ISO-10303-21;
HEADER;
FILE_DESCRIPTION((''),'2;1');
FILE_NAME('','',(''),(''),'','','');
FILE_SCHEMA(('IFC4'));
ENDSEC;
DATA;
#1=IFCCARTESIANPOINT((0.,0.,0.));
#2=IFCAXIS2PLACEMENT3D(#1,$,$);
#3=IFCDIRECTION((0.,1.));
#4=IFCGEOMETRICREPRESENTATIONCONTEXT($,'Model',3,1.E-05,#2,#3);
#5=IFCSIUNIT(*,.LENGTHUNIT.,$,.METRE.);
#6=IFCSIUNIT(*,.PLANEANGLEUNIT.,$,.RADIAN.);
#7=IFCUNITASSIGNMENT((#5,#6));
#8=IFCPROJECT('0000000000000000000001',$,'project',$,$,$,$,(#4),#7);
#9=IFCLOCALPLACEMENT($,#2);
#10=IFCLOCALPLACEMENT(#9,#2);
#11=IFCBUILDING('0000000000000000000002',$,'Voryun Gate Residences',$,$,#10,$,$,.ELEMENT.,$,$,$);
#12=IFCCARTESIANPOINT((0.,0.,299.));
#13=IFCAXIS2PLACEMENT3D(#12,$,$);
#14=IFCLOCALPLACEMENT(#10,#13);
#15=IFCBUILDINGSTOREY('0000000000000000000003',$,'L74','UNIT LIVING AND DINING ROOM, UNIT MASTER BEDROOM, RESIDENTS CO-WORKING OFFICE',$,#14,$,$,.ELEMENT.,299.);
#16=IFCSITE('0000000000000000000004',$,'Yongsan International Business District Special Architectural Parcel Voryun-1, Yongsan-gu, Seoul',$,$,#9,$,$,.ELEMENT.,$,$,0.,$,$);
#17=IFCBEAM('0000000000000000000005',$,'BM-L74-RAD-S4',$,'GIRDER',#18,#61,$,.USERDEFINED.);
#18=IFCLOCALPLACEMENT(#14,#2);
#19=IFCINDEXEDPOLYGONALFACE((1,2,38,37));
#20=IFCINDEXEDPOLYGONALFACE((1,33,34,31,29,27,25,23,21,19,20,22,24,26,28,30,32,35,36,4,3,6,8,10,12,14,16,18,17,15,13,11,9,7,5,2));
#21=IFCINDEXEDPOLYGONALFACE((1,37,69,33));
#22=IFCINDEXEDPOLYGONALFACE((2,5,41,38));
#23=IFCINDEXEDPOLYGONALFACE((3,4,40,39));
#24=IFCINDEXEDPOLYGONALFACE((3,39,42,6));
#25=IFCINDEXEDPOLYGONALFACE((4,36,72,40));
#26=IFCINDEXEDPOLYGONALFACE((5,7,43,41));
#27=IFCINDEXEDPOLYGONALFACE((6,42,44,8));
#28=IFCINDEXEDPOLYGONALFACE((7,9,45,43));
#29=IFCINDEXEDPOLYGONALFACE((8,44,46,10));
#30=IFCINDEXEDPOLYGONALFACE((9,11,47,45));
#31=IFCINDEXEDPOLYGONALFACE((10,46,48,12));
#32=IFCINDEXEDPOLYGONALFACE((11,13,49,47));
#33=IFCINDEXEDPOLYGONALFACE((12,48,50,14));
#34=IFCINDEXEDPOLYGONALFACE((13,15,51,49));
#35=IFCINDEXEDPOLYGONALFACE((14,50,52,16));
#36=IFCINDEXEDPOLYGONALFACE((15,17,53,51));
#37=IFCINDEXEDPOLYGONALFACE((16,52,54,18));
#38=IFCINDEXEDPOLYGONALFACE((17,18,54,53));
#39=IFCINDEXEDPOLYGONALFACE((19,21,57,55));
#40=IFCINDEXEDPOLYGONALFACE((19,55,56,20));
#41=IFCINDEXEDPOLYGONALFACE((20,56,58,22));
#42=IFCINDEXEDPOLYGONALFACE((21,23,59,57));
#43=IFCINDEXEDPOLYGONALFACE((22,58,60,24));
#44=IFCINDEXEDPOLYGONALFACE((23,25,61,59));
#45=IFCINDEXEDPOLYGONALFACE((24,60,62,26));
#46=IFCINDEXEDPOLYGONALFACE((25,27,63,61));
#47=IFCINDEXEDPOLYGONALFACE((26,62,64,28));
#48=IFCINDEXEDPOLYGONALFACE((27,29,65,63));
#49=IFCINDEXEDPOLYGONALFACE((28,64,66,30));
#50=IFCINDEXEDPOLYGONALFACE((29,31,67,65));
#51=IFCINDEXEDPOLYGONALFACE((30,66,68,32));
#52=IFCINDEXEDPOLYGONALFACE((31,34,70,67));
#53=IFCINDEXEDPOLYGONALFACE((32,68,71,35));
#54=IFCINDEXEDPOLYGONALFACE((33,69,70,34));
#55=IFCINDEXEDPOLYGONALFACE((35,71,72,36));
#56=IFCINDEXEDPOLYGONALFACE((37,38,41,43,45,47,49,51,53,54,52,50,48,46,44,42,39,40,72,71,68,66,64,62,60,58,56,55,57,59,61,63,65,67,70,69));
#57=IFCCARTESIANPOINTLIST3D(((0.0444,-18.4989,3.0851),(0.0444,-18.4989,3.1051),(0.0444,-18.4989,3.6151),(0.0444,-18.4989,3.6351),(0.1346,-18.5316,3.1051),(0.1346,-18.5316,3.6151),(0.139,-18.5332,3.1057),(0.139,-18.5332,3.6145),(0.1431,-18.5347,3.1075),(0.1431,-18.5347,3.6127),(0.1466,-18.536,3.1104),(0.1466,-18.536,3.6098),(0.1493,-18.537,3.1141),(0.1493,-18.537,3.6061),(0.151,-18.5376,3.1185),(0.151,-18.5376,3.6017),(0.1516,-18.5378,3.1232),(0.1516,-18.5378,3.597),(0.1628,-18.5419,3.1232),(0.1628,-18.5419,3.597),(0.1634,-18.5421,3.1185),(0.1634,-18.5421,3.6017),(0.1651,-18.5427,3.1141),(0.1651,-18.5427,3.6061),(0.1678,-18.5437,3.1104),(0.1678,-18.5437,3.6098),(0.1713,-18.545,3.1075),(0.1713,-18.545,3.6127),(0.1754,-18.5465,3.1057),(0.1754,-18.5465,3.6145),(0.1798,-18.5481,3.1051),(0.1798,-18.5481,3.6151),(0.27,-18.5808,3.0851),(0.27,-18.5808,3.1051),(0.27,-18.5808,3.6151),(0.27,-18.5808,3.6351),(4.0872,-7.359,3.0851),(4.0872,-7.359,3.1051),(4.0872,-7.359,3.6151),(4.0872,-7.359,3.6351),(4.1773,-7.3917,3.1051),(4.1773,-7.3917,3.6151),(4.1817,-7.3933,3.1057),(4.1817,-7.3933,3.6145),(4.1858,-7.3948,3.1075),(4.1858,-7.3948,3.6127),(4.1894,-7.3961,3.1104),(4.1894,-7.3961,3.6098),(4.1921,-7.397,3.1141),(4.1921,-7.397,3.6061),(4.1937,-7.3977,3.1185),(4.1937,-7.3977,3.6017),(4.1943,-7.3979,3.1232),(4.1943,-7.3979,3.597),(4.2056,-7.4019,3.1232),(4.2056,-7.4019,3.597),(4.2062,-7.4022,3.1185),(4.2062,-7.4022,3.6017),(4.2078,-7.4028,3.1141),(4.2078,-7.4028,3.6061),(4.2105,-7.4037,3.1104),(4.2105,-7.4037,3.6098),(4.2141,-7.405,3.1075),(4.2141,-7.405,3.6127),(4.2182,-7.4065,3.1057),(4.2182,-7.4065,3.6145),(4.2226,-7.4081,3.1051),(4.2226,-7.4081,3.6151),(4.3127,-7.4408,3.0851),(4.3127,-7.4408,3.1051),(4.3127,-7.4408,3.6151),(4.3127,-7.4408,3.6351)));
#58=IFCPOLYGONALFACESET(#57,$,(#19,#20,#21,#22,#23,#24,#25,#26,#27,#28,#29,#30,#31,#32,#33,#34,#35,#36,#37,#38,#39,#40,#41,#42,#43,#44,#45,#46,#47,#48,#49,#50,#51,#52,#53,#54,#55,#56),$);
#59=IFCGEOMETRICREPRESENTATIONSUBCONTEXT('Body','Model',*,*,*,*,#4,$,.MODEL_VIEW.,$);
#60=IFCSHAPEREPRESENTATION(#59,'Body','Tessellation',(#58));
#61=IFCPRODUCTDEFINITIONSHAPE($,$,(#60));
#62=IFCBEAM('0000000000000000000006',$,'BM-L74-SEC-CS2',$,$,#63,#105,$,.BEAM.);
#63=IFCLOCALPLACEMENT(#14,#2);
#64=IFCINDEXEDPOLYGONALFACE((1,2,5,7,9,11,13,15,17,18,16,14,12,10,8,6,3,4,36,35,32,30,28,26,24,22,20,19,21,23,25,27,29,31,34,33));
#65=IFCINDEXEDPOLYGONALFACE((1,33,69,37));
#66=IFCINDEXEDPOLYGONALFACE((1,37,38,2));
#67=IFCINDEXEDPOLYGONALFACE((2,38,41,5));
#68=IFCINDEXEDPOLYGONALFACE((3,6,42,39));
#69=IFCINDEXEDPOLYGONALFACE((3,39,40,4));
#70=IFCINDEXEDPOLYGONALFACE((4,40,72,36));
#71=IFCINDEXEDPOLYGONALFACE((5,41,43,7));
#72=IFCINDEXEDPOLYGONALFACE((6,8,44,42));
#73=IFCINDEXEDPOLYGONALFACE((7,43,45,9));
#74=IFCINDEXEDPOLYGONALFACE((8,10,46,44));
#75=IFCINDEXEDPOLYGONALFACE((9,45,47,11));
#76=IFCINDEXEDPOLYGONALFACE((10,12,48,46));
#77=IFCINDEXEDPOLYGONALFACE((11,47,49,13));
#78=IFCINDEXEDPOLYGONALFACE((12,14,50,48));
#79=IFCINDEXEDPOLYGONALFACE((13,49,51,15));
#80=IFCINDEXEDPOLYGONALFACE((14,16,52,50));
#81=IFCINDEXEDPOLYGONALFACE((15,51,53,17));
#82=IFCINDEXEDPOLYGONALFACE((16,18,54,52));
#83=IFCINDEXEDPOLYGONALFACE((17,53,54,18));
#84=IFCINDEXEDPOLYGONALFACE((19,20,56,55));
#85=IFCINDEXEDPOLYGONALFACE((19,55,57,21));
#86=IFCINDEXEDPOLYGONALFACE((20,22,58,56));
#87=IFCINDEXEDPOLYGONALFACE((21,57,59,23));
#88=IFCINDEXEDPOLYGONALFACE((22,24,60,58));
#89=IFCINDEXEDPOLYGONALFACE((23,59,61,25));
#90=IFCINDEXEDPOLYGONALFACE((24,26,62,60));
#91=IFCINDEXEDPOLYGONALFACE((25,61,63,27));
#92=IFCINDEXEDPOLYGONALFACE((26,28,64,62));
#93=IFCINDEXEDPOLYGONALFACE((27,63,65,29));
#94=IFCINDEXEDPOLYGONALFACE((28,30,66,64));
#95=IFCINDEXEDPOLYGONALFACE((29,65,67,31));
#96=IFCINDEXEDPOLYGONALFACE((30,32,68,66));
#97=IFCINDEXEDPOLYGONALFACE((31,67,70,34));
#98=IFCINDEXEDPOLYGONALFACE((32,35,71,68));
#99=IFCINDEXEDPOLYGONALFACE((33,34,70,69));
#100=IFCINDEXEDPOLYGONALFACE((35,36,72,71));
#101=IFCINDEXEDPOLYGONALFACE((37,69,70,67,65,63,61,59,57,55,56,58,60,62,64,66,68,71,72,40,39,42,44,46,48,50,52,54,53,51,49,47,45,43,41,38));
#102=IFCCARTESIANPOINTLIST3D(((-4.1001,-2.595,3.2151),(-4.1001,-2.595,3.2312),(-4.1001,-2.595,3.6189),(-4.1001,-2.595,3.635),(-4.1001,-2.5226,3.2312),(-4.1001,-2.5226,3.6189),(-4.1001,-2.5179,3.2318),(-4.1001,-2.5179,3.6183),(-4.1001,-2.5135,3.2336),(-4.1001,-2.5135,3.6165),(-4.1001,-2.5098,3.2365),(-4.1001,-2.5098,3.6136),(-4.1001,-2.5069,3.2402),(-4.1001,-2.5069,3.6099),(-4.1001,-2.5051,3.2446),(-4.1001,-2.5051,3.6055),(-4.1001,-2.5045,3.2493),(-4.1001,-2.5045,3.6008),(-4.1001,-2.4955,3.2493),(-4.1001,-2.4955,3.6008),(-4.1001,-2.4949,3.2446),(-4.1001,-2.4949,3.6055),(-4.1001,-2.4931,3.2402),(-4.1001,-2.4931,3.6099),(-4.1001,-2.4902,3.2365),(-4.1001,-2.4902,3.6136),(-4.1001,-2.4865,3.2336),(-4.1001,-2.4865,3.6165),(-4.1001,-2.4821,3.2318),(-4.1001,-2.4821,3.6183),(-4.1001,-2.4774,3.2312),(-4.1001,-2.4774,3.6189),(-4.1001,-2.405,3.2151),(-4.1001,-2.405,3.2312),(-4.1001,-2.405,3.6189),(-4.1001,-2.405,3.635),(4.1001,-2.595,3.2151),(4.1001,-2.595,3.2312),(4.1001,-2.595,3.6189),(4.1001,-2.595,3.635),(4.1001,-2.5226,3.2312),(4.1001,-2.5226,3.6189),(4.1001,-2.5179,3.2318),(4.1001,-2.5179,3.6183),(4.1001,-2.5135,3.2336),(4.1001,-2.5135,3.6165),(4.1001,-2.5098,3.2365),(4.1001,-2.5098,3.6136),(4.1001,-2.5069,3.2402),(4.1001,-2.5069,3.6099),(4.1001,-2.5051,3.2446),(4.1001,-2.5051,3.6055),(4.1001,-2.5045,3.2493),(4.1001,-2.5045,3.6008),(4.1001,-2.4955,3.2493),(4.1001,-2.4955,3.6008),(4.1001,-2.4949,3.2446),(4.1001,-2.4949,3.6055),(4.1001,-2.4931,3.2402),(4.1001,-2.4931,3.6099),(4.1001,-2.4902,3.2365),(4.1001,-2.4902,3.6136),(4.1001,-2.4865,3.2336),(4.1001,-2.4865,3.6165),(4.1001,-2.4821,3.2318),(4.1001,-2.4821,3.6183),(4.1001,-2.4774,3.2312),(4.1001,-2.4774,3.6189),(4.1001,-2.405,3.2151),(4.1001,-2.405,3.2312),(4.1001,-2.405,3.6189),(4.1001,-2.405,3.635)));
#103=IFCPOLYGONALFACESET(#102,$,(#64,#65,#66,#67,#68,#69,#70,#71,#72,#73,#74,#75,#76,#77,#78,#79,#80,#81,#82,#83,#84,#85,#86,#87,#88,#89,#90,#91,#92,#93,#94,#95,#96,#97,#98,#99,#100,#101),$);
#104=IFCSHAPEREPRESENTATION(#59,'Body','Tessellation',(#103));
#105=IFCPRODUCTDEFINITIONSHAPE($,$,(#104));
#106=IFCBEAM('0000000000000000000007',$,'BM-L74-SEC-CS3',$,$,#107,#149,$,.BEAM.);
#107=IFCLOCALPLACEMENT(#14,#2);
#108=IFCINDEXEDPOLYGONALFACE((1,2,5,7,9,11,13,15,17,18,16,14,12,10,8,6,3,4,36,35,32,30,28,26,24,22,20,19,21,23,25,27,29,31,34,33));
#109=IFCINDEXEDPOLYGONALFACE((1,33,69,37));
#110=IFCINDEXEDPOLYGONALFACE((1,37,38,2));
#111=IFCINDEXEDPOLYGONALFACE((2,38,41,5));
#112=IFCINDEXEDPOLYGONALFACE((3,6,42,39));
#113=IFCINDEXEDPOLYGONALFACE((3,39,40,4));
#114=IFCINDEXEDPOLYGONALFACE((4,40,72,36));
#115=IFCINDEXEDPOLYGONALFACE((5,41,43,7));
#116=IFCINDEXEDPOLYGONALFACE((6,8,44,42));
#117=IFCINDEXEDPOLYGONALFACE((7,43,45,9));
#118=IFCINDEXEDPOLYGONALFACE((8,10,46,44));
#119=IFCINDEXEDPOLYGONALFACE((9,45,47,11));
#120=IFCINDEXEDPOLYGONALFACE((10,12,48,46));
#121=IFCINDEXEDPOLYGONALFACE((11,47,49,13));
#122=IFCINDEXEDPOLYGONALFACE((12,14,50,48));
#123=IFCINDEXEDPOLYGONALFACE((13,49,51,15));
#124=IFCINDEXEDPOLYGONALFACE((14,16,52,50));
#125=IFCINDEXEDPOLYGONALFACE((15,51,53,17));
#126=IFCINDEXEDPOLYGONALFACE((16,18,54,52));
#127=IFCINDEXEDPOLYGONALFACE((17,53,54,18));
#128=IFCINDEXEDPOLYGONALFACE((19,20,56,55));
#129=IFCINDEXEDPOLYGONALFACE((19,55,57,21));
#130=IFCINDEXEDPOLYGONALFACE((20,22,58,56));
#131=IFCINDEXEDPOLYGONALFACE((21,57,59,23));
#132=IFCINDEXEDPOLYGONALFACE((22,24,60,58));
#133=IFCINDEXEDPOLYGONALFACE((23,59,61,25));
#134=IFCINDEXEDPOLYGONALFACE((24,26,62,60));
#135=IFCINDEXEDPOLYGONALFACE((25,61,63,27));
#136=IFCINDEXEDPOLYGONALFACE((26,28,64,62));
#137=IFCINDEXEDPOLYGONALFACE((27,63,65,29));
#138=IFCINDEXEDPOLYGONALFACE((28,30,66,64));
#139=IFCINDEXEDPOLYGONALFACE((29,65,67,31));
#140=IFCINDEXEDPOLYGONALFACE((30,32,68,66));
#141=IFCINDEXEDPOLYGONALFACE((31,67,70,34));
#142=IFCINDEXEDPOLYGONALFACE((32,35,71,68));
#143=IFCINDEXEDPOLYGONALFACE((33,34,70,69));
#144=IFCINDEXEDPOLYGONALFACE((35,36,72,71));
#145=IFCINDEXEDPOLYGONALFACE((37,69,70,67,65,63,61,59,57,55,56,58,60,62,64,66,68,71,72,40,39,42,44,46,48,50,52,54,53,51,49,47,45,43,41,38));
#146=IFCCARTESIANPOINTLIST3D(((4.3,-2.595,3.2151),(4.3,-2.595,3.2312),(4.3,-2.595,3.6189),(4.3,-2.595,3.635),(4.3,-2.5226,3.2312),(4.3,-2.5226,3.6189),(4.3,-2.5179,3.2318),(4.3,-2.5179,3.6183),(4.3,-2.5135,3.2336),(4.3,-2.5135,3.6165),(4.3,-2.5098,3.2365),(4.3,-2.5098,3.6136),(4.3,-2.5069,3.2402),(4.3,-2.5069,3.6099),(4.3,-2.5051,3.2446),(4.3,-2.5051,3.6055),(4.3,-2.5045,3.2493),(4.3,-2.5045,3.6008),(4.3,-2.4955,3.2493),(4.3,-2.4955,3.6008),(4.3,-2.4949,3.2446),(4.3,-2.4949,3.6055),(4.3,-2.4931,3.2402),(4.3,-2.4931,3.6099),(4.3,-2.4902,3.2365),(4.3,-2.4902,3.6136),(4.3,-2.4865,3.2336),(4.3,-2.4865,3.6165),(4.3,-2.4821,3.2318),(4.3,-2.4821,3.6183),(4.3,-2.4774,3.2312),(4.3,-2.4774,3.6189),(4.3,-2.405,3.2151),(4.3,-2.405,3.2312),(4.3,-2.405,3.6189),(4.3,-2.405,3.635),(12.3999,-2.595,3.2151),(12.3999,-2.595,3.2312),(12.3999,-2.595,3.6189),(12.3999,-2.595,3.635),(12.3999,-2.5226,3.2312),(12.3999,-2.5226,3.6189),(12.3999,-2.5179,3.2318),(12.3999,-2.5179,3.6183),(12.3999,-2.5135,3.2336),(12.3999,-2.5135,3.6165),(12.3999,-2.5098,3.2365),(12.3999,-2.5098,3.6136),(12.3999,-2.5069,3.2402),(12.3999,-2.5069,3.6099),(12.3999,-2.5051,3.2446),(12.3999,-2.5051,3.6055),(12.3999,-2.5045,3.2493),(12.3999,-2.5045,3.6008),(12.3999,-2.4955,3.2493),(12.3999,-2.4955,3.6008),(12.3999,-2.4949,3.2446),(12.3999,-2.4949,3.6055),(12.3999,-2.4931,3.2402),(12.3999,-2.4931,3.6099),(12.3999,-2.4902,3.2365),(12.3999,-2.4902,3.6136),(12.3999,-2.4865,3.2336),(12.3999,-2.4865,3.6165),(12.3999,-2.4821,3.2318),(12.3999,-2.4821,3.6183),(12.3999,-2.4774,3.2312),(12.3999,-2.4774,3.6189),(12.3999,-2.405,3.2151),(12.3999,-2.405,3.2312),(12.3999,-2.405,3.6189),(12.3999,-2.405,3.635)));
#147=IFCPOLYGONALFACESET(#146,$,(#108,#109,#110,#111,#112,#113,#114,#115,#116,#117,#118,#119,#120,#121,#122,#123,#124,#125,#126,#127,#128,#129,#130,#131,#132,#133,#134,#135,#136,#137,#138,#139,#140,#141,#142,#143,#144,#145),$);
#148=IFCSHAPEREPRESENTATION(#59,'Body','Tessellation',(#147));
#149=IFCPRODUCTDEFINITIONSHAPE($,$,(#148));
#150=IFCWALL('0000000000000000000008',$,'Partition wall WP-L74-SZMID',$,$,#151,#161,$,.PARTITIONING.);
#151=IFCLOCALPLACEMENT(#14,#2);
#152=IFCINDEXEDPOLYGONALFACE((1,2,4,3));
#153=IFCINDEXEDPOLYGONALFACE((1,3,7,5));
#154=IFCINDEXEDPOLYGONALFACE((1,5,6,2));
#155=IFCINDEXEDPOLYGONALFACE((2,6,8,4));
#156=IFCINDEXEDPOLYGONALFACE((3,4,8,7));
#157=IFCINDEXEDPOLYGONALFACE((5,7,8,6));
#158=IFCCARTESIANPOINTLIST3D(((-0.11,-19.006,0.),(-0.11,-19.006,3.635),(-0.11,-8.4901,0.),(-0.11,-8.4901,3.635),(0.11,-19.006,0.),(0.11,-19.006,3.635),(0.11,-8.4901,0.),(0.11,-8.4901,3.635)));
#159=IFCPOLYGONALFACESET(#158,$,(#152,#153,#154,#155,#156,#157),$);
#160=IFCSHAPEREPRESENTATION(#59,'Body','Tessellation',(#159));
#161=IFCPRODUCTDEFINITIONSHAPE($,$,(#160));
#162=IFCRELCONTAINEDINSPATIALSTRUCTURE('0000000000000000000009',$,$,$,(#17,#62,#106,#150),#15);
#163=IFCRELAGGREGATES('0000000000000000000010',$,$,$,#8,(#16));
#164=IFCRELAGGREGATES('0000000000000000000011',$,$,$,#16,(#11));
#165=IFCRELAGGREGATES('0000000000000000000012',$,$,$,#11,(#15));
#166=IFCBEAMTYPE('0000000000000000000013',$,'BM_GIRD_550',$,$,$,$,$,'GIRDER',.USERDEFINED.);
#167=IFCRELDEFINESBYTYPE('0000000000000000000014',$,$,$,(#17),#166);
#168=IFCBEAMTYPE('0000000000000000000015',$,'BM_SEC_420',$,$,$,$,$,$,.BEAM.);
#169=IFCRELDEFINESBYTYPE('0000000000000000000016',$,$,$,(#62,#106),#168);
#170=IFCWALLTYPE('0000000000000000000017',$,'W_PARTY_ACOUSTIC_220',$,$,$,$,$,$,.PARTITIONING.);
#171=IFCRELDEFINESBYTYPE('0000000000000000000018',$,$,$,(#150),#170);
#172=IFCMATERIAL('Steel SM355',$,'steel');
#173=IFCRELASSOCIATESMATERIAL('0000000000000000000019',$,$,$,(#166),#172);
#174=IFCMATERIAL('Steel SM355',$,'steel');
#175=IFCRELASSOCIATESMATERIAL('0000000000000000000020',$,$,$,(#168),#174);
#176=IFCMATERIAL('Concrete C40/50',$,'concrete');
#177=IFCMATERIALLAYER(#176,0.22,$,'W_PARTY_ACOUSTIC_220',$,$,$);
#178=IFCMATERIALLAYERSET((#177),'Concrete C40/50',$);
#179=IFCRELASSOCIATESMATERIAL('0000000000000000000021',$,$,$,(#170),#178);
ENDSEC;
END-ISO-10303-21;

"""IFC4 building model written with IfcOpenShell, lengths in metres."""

from ifc_helpers import new_model, si_unit, direction, frame, frame_2d, origin, origin_2d, place, context, subcontext, project, spatial, rectangle, i_section, extrude, material, layer, layer_set, material_profile, profile_set, type_object, element, save


model = new_model("IFC4")

# Units and contexts
model_context = context("Model", 3, precision=1e-05, world=origin(), true_north=direction((0.0, 1.0)))
body_context = subcontext(model_context, "Body", "Model", "MODEL_VIEW")
ifc_project = project(units=[si_unit("LENGTHUNIT", "METRE"), si_unit("PLANEANGLEUNIT", "RADIAN")], contexts=[model_context])

# Site, building, storey
site_placement = place(None, origin())
site = spatial("IfcSite", under=ifc_project, at=site_placement, Name="Yongsan International Business District Special Architectural Parcel Voryun-1, Yongsan-gu, Seoul", CompositionType="ELEMENT", RefElevation=0.0)
building_placement = place(site_placement, origin())
building = spatial("IfcBuilding", under=site, at=building_placement, Name="Voryun Gate Residences", CompositionType="ELEMENT")
storey_placement = place(building_placement, frame((0.0, 0.0, 299.0)))
storey = spatial("IfcBuildingStorey", under=building, at=storey_placement, Name="L74", Description="UNIT LIVING AND DINING ROOM, UNIT MASTER BEDROOM, RESIDENTS CO-WORKING OFFICE", CompositionType="ELEMENT", Elevation=299.0)

# Beams
ifc_material_1 = material(Name="Steel SM355", Category="steel")
ifc_material_profile_1 = material_profile(ifc_material_1, i_section(OverallWidth=0.24, OverallDepth=0.55, WebThickness=0.012, FlangeThickness=0.02, FilletRadius=0.0181, at=origin_2d()), Name="H-550x240x12x20")
ifc_profile_set_1 = profile_set([ifc_material_profile_1], Name="Steel SM355")
beam_type_1 = type_object("IfcBeamType", Name="BM_GIRD_550", ElementType="GIRDER", PredefinedType="USERDEFINED", material=ifc_profile_set_1)
beam_1_placement = place(storey_placement, frame((4.2, -7.3999, 3.3601), z_axis=(-0.341136, -0.940014, 0.0), x_axis=(0.940014, -0.341136, 0.0)))
element("IfcBeam", 1, at=beam_1_placement, inside=storey, type_object=beam_type_1, Name="BM-L74-RAD-S4", ObjectType="GIRDER", PredefinedType="USERDEFINED", context=body_context, shape_type="SweptSolid", body=[
    extrude(i_section(OverallWidth=0.24, OverallDepth=0.55, WebThickness=0.012, FlangeThickness=0.02, FilletRadius=0.0181, at=origin_2d()), origin(), (0.0, 0.0, 1.0), 11.8508),
])
ifc_material_2 = material(Name="Steel SM355", Category="steel")
ifc_material_profile_2 = material_profile(ifc_material_2, i_section(OverallWidth=0.1899, OverallDepth=0.4199, WebThickness=0.009, FlangeThickness=0.0161, FilletRadius=0.0181, at=origin_2d()), Name="H-420x190x9x16")
ifc_profile_set_2 = profile_set([ifc_material_profile_2], Name="Steel SM355")
beam_type_2 = type_object("IfcBeamType", Name="BM_SEC_420", PredefinedType="BEAM", material=ifc_profile_set_2)
beam_2_placement = place(storey_placement, frame((-4.1001, -2.5, 3.425), z_axis=(1.0, 0.0, 0.0), x_axis=(0.0, 1.0, 0.0)))
element("IfcBeam", 2, at=beam_2_placement, inside=storey, type_object=beam_type_2, Name="BM-L74-SEC-CS2", PredefinedType="BEAM", context=body_context, shape_type="SweptSolid", body=[
    extrude(i_section(OverallWidth=0.1899, OverallDepth=0.4199, WebThickness=0.009, FlangeThickness=0.0161, FilletRadius=0.0181, at=origin_2d()), origin(), (0.0, 0.0, 1.0), 8.2002),
])
beam_3_placement = place(storey_placement, frame((4.3, -2.5, 3.425), z_axis=(1.0, 0.0, 0.0), x_axis=(0.0, 1.0, 0.0)))
element("IfcBeam", 3, at=beam_3_placement, inside=storey, type_object=beam_type_2, Name="BM-L74-SEC-CS3", PredefinedType="BEAM", context=body_context, shape_type="SweptSolid", body=[
    extrude(i_section(OverallWidth=0.1899, OverallDepth=0.4199, WebThickness=0.009, FlangeThickness=0.0161, FilletRadius=0.0181, at=origin_2d()), origin(), (0.0, 0.0, 1.0), 8.0999),
])

# Wall
ifc_material_3 = material(Name="Concrete C40/50", Category="concrete")
ifc_layer_1 = layer(ifc_material_3, 0.22, Name="W_PARTY_ACOUSTIC_220")
ifc_layer_set_1 = layer_set([ifc_layer_1], Name="Concrete C40/50")
wall_type_1 = type_object("IfcWallType", Name="W_PARTY_ACOUSTIC_220", PredefinedType="PARTITIONING", material=ifc_layer_set_1)
wall_1_placement = place(storey_placement, frame((0.0, -19.0059, 0.0), z_axis=(0.0, 0.0, 1.0), x_axis=(0.0, 1.0, 0.0)))
element("IfcWall", 4, at=wall_1_placement, inside=storey, type_object=wall_type_1, Name="Partition wall WP-L74-SZMID", PredefinedType="PARTITIONING", context=body_context, shape_type="SweptSolid", body=[
    extrude(rectangle(XDim=10.5159, YDim=0.22, at=frame_2d((5.2578, 0.0))), origin(), (0.0, 0.0, 1.0), 3.635),
])

save(model, "model.ifc")
